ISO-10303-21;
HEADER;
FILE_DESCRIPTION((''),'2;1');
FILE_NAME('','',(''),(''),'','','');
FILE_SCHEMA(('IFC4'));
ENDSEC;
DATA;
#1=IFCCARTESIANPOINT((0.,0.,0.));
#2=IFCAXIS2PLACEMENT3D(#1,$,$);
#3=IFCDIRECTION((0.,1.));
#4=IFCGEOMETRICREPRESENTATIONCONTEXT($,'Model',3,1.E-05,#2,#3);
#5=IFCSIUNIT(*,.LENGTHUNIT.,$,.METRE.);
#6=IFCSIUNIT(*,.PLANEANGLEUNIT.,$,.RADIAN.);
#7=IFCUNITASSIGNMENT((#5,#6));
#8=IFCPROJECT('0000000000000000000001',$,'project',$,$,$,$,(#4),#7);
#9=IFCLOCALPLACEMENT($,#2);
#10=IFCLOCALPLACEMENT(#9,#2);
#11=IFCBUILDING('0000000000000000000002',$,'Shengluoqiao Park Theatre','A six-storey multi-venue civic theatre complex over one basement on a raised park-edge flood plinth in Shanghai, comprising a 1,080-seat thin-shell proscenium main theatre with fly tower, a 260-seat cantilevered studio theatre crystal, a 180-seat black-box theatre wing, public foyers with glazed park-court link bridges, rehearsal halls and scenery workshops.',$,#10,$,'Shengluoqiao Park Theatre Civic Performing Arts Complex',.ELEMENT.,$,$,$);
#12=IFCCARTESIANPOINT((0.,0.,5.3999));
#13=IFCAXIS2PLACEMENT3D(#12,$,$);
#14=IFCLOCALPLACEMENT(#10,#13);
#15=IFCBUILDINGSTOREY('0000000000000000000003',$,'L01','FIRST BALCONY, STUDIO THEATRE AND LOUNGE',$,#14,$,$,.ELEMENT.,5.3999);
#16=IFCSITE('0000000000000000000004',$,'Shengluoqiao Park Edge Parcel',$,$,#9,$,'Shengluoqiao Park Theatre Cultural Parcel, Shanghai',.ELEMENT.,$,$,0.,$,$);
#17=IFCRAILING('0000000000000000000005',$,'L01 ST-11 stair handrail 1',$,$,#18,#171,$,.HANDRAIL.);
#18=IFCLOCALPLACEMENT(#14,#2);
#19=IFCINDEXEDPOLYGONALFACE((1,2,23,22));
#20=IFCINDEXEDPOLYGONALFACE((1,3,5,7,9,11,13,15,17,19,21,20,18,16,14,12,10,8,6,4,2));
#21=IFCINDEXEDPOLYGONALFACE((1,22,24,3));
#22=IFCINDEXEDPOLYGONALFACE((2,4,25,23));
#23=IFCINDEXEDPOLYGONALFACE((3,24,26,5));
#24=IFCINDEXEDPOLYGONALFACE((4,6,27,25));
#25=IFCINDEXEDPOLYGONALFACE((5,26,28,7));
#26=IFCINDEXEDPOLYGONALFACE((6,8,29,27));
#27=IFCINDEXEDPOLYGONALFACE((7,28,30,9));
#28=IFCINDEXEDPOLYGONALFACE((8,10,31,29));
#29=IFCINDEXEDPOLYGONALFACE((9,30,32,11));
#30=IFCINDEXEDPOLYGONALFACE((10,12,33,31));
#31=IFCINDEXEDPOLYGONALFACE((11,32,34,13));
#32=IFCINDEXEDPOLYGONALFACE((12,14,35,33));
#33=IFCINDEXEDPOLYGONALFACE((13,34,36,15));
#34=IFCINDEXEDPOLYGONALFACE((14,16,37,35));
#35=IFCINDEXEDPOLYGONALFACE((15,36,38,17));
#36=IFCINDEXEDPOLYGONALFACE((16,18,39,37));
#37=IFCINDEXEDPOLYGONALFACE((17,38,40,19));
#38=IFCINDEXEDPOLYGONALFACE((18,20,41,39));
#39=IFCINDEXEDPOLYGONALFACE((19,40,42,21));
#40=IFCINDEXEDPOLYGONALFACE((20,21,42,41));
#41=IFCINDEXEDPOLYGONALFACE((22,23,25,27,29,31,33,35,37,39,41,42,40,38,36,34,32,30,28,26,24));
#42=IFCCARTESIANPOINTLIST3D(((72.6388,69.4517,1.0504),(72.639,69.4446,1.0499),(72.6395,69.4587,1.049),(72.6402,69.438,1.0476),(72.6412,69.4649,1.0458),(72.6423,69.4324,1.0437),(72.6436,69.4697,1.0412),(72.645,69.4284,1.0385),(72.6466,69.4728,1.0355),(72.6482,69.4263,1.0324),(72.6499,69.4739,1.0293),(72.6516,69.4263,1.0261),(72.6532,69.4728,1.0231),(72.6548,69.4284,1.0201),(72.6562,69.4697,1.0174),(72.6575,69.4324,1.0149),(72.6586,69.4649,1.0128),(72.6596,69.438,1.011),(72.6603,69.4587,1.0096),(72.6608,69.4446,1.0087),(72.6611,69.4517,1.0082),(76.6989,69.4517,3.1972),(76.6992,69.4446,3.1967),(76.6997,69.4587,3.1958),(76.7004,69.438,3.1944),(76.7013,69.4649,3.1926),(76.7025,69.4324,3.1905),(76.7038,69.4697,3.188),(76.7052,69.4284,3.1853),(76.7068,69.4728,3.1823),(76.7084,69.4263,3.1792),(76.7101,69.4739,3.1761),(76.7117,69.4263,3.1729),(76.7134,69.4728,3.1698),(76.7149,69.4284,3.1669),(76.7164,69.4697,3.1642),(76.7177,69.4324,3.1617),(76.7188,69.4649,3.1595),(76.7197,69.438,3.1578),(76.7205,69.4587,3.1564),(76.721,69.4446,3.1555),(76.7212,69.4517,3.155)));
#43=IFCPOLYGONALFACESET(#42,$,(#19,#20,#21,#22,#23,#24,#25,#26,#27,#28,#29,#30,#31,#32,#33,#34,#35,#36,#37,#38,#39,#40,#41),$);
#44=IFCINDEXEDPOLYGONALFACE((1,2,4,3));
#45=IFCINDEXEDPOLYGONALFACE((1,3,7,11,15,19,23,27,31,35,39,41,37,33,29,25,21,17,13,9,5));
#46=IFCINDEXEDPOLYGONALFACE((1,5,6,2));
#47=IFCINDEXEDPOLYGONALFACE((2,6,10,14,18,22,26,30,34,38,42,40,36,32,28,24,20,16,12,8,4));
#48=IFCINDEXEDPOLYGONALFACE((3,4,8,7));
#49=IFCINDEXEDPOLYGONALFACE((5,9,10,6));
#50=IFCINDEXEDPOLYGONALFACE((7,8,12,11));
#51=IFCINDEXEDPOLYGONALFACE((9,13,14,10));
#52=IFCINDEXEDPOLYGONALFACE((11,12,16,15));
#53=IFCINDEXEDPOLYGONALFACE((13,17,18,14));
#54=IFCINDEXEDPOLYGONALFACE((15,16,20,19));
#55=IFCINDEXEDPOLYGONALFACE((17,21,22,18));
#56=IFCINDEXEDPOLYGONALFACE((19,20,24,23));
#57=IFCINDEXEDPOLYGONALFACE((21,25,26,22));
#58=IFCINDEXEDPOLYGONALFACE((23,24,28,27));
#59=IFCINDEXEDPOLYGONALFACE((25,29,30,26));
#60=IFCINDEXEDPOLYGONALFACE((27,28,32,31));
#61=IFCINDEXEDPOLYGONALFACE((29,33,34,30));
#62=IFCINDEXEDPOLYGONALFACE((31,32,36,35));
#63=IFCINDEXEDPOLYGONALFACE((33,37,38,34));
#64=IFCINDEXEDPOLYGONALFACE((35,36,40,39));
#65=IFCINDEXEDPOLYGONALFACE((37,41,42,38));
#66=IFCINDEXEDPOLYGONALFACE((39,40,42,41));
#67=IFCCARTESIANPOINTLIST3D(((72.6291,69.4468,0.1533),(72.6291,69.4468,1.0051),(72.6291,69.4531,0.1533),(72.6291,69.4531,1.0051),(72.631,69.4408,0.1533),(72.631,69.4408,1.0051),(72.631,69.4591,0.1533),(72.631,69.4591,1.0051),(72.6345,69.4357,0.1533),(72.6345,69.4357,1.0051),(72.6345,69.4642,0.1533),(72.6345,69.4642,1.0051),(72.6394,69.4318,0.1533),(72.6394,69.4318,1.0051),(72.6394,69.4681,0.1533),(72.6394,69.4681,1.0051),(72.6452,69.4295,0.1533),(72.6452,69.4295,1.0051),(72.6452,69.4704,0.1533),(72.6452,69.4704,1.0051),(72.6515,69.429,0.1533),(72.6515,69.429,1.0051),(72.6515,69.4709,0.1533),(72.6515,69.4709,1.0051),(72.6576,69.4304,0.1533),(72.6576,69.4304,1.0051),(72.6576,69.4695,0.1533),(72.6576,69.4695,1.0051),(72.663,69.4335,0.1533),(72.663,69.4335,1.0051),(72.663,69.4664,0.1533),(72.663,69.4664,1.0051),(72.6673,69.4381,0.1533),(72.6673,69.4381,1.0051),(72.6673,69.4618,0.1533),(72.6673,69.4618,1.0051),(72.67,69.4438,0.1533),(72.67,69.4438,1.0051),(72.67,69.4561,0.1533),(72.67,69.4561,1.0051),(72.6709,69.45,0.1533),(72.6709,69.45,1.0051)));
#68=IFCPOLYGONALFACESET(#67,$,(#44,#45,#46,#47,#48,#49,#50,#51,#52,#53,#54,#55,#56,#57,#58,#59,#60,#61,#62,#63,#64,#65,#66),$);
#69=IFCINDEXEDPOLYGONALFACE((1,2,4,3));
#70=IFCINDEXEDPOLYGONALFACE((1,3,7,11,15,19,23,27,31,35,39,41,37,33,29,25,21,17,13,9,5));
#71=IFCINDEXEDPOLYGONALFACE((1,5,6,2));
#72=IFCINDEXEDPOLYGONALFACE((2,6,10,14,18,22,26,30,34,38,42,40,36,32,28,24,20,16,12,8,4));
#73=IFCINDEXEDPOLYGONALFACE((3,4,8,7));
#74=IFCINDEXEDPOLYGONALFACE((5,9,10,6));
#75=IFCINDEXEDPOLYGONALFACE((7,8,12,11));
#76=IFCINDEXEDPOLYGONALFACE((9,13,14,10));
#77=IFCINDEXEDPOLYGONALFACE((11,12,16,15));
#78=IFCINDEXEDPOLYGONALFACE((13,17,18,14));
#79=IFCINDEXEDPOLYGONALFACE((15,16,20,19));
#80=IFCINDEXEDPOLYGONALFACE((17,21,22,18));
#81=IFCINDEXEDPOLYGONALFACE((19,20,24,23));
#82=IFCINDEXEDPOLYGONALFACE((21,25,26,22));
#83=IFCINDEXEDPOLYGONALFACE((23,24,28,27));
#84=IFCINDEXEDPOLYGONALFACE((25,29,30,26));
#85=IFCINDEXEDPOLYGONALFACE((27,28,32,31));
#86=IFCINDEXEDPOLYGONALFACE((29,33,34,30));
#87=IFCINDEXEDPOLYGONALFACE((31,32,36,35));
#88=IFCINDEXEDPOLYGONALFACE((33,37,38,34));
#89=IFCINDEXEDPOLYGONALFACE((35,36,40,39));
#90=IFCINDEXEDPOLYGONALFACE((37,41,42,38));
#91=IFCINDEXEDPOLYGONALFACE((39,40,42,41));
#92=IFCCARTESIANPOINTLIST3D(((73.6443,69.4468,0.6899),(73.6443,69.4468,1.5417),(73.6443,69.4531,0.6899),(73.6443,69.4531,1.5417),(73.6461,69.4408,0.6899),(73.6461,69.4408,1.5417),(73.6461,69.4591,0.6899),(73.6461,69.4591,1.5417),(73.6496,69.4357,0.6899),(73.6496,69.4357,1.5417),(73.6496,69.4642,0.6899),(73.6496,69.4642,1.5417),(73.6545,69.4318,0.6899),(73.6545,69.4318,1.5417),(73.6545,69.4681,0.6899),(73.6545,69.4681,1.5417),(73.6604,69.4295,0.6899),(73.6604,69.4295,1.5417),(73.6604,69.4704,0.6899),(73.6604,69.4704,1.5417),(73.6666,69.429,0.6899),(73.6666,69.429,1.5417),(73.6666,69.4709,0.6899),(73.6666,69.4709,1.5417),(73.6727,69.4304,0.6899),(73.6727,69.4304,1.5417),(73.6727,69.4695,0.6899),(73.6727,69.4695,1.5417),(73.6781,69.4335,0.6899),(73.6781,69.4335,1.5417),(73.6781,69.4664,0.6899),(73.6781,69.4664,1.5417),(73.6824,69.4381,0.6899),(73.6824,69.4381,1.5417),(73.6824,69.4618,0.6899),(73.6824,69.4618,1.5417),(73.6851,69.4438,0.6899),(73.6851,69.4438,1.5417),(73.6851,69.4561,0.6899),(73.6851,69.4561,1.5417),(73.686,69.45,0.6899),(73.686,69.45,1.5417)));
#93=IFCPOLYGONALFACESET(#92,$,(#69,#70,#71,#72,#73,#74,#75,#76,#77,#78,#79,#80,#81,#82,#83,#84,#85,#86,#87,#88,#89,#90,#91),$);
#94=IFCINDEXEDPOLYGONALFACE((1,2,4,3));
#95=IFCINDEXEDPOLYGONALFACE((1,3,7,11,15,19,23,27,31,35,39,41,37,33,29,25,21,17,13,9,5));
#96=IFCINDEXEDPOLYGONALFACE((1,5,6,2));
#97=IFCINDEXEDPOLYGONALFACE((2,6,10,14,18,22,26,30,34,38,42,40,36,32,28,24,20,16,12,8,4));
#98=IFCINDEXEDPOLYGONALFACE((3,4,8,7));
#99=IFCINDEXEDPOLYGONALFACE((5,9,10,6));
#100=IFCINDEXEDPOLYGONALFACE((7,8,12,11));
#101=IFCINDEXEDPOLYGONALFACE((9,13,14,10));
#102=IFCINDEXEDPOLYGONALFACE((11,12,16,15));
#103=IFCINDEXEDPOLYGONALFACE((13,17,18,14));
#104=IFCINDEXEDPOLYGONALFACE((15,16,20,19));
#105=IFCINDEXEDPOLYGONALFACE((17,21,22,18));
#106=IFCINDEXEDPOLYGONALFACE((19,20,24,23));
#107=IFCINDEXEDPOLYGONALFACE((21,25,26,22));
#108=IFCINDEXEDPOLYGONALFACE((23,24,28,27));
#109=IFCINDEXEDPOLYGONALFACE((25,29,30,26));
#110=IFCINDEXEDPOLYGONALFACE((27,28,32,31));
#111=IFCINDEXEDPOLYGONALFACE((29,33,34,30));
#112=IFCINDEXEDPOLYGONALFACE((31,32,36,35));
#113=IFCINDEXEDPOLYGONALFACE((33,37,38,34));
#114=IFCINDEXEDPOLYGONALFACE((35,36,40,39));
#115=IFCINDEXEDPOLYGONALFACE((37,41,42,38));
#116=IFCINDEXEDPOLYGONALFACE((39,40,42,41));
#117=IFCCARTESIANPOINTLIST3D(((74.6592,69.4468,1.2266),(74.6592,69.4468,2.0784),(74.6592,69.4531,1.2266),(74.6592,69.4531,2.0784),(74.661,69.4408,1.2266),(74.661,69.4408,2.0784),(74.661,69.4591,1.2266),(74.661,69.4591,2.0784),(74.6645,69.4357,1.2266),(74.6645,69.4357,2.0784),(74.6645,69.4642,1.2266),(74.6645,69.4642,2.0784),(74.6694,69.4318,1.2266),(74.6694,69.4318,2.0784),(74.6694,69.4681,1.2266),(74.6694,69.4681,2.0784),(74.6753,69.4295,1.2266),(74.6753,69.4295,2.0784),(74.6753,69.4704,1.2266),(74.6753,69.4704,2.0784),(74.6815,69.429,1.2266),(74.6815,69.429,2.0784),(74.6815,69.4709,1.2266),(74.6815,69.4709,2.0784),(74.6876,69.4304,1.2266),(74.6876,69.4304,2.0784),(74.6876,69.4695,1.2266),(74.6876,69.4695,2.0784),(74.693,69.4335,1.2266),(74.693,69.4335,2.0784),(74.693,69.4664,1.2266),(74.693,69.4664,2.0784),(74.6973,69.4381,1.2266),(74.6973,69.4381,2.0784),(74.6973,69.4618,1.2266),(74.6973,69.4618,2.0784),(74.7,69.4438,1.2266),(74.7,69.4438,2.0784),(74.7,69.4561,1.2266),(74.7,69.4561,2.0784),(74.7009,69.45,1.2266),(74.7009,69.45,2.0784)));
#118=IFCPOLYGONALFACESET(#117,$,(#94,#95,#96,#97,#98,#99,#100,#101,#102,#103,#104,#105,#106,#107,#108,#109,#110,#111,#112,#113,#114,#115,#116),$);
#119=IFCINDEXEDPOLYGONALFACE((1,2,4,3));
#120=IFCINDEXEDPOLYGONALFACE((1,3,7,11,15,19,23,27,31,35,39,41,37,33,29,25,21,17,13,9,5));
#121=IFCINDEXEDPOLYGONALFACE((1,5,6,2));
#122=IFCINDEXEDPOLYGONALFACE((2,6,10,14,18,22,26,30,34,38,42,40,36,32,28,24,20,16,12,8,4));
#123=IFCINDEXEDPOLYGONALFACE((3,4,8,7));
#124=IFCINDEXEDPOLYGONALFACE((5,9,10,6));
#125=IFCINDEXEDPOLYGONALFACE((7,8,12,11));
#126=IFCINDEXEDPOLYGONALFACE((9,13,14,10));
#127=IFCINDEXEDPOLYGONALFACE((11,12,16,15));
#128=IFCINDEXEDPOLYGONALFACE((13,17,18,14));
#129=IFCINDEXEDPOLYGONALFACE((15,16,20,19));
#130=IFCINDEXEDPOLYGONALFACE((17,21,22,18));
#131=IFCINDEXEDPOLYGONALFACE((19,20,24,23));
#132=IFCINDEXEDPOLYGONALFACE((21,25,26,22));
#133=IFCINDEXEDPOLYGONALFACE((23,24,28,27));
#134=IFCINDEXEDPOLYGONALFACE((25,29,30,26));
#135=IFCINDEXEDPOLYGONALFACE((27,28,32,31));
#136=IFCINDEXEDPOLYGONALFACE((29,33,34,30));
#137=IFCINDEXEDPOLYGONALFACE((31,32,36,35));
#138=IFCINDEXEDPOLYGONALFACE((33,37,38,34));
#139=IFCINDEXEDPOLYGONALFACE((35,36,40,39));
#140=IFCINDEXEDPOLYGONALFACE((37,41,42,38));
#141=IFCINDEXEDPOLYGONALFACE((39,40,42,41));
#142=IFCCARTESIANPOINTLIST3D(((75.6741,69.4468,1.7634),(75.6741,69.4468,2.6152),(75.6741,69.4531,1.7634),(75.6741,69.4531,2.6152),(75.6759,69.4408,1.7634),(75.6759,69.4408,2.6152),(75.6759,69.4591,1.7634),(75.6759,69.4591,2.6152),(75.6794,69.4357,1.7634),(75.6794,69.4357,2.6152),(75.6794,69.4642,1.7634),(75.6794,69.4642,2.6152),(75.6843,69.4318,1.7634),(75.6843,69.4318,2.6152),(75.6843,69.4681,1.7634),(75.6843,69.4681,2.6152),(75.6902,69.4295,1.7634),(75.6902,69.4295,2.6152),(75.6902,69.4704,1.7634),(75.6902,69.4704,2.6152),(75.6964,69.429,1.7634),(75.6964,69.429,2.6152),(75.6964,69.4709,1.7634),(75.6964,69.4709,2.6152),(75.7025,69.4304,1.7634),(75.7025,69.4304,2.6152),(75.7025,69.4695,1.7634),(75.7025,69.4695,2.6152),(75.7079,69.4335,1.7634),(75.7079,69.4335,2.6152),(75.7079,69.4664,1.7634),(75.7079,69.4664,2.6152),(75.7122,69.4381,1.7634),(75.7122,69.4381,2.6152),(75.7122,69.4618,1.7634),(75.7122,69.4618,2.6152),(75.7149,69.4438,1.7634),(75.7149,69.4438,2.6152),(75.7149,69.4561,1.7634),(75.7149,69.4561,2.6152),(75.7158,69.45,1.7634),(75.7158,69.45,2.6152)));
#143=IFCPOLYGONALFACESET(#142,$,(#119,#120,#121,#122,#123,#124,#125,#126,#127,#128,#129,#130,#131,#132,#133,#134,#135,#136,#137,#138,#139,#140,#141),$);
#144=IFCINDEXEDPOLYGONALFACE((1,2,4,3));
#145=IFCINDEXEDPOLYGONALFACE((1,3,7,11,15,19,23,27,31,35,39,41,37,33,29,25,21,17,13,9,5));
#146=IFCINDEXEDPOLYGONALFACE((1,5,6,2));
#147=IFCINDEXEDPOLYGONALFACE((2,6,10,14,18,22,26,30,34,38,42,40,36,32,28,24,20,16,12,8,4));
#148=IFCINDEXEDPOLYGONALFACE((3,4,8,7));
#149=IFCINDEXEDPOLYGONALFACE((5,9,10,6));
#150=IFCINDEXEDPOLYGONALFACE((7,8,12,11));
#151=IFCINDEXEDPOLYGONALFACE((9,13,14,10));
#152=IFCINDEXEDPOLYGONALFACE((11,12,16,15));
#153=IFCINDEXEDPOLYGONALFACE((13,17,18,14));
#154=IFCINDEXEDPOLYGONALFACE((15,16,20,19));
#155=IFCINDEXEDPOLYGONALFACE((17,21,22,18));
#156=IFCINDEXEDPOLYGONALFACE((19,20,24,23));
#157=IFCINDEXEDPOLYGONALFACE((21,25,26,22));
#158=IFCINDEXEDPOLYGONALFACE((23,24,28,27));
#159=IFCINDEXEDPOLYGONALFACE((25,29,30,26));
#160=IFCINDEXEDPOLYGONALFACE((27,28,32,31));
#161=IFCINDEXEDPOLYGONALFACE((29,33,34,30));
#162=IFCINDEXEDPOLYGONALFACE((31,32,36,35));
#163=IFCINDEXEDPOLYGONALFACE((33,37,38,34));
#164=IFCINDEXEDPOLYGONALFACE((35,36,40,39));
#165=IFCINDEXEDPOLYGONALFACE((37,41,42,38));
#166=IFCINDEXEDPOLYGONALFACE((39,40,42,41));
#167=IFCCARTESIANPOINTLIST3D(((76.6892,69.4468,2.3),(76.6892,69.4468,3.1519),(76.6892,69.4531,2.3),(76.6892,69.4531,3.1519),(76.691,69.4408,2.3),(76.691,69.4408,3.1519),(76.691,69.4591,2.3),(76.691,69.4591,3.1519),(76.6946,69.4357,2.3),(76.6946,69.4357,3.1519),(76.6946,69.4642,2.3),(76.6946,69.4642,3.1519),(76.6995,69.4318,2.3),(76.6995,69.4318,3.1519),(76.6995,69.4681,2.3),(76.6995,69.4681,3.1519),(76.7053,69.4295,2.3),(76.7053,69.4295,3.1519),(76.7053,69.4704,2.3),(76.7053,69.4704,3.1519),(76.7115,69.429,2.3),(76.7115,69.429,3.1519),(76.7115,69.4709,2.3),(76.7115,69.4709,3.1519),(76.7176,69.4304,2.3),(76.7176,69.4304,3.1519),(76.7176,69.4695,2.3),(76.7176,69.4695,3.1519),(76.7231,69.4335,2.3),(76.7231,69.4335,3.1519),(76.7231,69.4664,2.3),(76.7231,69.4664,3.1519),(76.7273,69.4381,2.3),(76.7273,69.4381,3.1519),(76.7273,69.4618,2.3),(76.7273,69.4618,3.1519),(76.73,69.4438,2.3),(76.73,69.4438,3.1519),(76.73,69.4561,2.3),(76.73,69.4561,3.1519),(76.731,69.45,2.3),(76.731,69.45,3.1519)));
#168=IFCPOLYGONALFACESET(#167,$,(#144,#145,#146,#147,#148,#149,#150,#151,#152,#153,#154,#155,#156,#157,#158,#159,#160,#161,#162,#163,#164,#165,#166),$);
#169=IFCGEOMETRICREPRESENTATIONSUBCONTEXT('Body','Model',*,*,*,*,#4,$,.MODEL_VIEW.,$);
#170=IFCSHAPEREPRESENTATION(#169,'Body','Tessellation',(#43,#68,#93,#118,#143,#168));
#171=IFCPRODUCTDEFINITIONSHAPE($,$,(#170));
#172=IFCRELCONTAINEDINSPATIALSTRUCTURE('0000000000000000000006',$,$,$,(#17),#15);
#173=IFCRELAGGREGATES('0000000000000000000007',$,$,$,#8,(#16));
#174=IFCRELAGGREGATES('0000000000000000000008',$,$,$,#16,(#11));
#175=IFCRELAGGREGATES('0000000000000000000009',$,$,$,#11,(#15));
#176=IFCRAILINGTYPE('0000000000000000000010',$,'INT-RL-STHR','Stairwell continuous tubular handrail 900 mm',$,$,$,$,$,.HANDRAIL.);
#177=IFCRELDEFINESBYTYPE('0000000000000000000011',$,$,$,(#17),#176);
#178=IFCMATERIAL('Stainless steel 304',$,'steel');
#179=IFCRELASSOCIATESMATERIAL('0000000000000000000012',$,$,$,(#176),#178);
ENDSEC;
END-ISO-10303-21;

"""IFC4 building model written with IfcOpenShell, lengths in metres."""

from ifc_helpers import new_model, si_unit, direction, frame, origin, origin_2d, place, context, subcontext, project, spatial, circle, extrude, material, type_object, element, save


model = new_model("IFC4")

# Units and contexts
model_context = context("Model", 3, precision=1e-05, world=origin(), true_north=direction((0.0, 1.0)))
body_context = subcontext(model_context, "Body", "Model", "MODEL_VIEW")
ifc_project = project(units=[si_unit("LENGTHUNIT", "METRE"), si_unit("PLANEANGLEUNIT", "RADIAN")], contexts=[model_context])

# Site, building, storey
site_placement = place(None, origin())
site = spatial("IfcSite", under=ifc_project, at=site_placement, Name="Shengluoqiao Park Edge Parcel", LongName="Shengluoqiao Park Theatre Cultural Parcel, Shanghai", CompositionType="ELEMENT", RefElevation=0.0)
building_placement = place(site_placement, origin())
building = spatial("IfcBuilding", under=site, at=building_placement, Name="Shengluoqiao Park Theatre", Description="A six-storey multi-venue civic theatre complex over one basement on a raised park-edge flood plinth in Shanghai, comprising a 1,080-seat thin-shell proscenium main theatre with fly tower, a 260-seat cantilevered studio theatre crystal, a 180-seat black-box theatre wing, public foyers with glazed park-court link bridges, rehearsal halls and scenery workshops.", LongName="Shengluoqiao Park Theatre Civic Performing Arts Complex", CompositionType="ELEMENT")
storey_placement = place(building_placement, frame((0.0, 0.0, 5.3999)))
storey = spatial("IfcBuildingStorey", under=building, at=storey_placement, Name="L01", Description="FIRST BALCONY, STUDIO THEATRE AND LOUNGE", CompositionType="ELEMENT", Elevation=5.3999)

# Railing
ifc_material_1 = material(Name="Stainless steel 304", Category="steel")
railing_type_1 = type_object("IfcRailingType", Name="INT-RL-STHR", Description="Stairwell continuous tubular handrail 900 mm", PredefinedType="HANDRAIL", material=ifc_material_1)
railing_1_placement = place(storey_placement, frame((72.6499, 69.45, 0.1533)))
element("IfcRailing", 1, at=railing_1_placement, inside=storey, type_object=railing_type_1, Name="L01 ST-11 stair handrail 1", PredefinedType="HANDRAIL", context=body_context, shape_type="SweptSolid", body=[
    extrude(circle(Radius=0.0239, at=origin_2d()), frame((0.0, 0.0, 0.876), z_axis=(0.884032, 0.0, 0.467426), x_axis=(0.0, 1.0, 0.0)), (0.0, 0.0, 1.0), 4.5928),
    extrude(circle(Radius=0.021, at=origin_2d()), origin(), (0.0, 0.0, 1.0), 0.8518),
    extrude(circle(Radius=0.021, at=origin_2d()), frame((1.0151, 0.0, 0.5366)), (0.0, 0.0, 1.0), 0.8518),
    extrude(circle(Radius=0.021, at=origin_2d()), frame((2.03, 0.0, 1.0732)), (0.0, 0.0, 1.0), 0.8518),
    extrude(circle(Radius=0.021, at=origin_2d()), frame((3.0449, 0.0, 1.6101)), (0.0, 0.0, 1.0), 0.8518),
    extrude(circle(Radius=0.021, at=origin_2d()), frame((4.0601, 0.0, 2.1467)), (0.0, 0.0, 1.0), 0.8518),
])

save(model, "model.ifc")
